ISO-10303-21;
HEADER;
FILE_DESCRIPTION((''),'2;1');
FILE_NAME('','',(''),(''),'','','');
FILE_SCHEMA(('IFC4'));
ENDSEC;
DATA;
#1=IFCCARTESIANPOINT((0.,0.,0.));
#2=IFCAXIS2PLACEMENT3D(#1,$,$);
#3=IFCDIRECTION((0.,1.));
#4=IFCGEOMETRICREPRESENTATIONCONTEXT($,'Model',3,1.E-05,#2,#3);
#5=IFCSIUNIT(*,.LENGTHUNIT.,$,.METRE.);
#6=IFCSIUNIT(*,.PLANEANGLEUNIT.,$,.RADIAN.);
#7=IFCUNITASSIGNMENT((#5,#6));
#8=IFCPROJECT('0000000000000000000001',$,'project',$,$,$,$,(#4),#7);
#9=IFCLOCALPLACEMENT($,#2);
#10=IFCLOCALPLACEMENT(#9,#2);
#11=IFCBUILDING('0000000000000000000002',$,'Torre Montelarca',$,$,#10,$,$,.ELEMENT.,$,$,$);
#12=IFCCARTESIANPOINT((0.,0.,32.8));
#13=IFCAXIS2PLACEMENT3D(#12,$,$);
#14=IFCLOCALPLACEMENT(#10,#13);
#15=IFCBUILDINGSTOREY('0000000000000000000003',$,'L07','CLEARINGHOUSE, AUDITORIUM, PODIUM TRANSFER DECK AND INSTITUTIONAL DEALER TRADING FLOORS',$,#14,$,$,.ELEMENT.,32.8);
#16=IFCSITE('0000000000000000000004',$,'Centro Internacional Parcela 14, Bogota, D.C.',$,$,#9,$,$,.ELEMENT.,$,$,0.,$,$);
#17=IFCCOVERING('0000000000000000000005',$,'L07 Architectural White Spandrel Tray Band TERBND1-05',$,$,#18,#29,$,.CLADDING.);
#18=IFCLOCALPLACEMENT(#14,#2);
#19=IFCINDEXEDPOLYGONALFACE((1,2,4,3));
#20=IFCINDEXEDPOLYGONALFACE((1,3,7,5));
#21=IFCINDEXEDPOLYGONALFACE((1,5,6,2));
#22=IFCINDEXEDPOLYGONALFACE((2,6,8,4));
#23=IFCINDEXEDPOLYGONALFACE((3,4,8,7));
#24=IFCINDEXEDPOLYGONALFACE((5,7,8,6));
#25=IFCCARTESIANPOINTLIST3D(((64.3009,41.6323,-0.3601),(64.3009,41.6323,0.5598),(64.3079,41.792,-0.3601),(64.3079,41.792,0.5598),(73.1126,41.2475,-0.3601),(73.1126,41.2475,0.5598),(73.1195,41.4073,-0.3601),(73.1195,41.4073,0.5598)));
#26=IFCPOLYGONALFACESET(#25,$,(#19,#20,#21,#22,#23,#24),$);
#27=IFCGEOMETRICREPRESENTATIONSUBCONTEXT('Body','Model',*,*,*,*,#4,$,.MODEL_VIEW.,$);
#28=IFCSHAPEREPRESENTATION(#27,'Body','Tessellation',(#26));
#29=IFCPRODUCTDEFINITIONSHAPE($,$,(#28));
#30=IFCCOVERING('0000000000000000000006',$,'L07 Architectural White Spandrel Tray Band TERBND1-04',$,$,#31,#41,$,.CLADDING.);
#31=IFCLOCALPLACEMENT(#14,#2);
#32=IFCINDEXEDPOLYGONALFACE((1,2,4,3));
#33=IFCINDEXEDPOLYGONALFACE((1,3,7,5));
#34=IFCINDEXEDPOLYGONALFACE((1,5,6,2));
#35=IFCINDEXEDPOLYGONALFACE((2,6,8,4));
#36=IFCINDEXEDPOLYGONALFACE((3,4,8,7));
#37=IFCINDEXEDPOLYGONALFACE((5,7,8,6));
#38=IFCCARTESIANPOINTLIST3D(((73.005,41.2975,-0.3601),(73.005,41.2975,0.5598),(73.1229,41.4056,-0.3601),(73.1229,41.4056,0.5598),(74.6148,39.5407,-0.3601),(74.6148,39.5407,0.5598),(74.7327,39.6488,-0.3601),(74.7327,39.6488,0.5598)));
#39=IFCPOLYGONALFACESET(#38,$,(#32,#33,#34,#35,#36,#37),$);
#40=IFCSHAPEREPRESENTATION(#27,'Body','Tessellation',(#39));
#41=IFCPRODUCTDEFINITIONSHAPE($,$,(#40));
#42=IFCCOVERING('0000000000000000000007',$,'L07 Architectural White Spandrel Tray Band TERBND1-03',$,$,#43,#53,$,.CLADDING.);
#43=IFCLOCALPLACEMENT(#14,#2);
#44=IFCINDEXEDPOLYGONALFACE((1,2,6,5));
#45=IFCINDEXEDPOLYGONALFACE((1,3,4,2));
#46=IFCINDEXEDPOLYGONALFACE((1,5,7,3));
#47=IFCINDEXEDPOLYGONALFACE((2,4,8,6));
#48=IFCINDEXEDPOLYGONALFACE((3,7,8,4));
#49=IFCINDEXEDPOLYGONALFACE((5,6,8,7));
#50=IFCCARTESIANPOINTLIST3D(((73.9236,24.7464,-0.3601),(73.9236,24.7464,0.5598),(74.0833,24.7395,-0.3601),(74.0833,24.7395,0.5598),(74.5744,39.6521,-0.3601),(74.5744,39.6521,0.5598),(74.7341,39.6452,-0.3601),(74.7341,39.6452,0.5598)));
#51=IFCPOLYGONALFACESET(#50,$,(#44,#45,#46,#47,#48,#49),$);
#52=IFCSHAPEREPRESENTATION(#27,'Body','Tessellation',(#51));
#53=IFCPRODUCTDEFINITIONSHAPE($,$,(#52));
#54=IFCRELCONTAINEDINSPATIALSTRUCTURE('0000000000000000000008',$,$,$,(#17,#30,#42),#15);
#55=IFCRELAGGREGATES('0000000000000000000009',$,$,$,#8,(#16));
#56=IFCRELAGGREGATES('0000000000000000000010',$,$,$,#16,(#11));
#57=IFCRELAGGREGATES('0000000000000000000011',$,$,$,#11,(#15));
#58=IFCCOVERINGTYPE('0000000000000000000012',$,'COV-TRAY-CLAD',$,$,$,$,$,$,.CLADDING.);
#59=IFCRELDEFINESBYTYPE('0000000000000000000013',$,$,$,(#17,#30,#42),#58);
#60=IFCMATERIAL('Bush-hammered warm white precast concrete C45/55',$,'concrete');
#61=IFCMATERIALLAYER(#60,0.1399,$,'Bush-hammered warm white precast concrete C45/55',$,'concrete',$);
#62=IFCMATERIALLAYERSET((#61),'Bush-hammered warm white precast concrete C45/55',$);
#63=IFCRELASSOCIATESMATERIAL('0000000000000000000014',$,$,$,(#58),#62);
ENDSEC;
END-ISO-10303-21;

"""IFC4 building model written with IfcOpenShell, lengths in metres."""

from ifc_helpers import new_model, si_unit, direction, frame, origin, origin_2d, place, context, subcontext, project, spatial, rectangle, extrude, source, transform, mapped, material, layer, layer_set, type_object, element, save


model = new_model("IFC4")

# Units and contexts
model_context = context("Model", 3, precision=1e-05, world=origin(), true_north=direction((0.0, 1.0)))
body_context = subcontext(model_context, "Body", "Model", "MODEL_VIEW")
ifc_project = project(units=[si_unit("LENGTHUNIT", "METRE"), si_unit("PLANEANGLEUNIT", "RADIAN")], contexts=[model_context])

# Site, building, storey
site_placement = place(None, origin())
site = spatial("IfcSite", under=ifc_project, at=site_placement, Name="Centro Internacional Parcela 14, Bogota, D.C.", CompositionType="ELEMENT", RefElevation=0.0)
building_placement = place(site_placement, origin())
building = spatial("IfcBuilding", under=site, at=building_placement, Name="Torre Montelarca", CompositionType="ELEMENT")
storey_placement = place(building_placement, frame((0.0, 0.0, 32.8)))
storey = spatial("IfcBuildingStorey", under=building, at=storey_placement, Name="L07", Description="CLEARINGHOUSE, AUDITORIUM, PODIUM TRANSFER DECK AND INSTITUTIONAL DEALER TRADING FLOORS", CompositionType="ELEMENT", Elevation=32.8)

# Coverings
ifc_material_1 = material(Name="Bush-hammered warm white precast concrete C45/55", Category="concrete")
ifc_layer_1 = layer(ifc_material_1, 0.1399, Name="Bush-hammered warm white precast concrete C45/55", Category="concrete")
ifc_layer_set_1 = layer_set([ifc_layer_1], Name="Bush-hammered warm white precast concrete C45/55")
covering_type = type_object("IfcCoveringType", Name="COV-TRAY-CLAD", PredefinedType="CLADDING", material=ifc_layer_set_1)
shared_shape_1 = source(origin(), body_context, "Body", "SweptSolid", [
    extrude(rectangle(XDim=8.8201, YDim=0.1599, at=origin_2d()), origin(), (0.0, 0.0, 1.0), 0.9199),
])
covering_1_placement = place(storey_placement, frame((68.7102, 41.5198, -0.3601), z_axis=(0.0, 0.0, 1.0), x_axis=(-0.999048, 0.043621, 0.0)))
element("IfcCovering", 1, at=covering_1_placement, inside=storey, type_object=covering_type, Name="L07 Architectural White Spandrel Tray Band TERBND1-05", PredefinedType="CLADDING", context=body_context, shape_type="MappedRepresentation", body=[
    mapped(shared_shape_1, transform((0.0, 0.0, 0.0), scale=1.0)),
])
shared_shape_2 = source(origin(), body_context, "Body", "SweptSolid", [
    extrude(rectangle(XDim=2.3828, YDim=0.1599, at=origin_2d()), origin(), (0.0, 0.0, 1.0), 0.9199),
])
covering_2_placement = place(storey_placement, frame((73.8689, 40.4731, -0.3601), z_axis=(0.0, 0.0, 1.0), x_axis=(-0.675586, 0.737281, 0.0)))
element("IfcCovering", 2, at=covering_2_placement, inside=storey, type_object=covering_type, Name="L07 Architectural White Spandrel Tray Band TERBND1-04", PredefinedType="CLADDING", context=body_context, shape_type="MappedRepresentation", body=[
    mapped(shared_shape_2, transform((0.0, 0.0, 0.0), scale=1.0)),
])
shared_shape_3 = source(origin(), body_context, "Body", "SweptSolid", [
    extrude(rectangle(XDim=14.9199, YDim=0.1599, at=origin_2d()), origin(), (0.0, 0.0, 1.0), 0.9199),
])
covering_3_placement = place(storey_placement, frame((74.3289, 32.1958, -0.3601), z_axis=(0.0, 0.0, 1.0), x_axis=(0.043621, 0.999048, 0.0)))
element("IfcCovering", 3, at=covering_3_placement, inside=storey, type_object=covering_type, Name="L07 Architectural White Spandrel Tray Band TERBND1-03", PredefinedType="CLADDING", context=body_context, shape_type="MappedRepresentation", body=[
    mapped(shared_shape_3, transform((0.0, 0.0, 0.0), scale=1.0)),
])

save(model, "model.ifc")
